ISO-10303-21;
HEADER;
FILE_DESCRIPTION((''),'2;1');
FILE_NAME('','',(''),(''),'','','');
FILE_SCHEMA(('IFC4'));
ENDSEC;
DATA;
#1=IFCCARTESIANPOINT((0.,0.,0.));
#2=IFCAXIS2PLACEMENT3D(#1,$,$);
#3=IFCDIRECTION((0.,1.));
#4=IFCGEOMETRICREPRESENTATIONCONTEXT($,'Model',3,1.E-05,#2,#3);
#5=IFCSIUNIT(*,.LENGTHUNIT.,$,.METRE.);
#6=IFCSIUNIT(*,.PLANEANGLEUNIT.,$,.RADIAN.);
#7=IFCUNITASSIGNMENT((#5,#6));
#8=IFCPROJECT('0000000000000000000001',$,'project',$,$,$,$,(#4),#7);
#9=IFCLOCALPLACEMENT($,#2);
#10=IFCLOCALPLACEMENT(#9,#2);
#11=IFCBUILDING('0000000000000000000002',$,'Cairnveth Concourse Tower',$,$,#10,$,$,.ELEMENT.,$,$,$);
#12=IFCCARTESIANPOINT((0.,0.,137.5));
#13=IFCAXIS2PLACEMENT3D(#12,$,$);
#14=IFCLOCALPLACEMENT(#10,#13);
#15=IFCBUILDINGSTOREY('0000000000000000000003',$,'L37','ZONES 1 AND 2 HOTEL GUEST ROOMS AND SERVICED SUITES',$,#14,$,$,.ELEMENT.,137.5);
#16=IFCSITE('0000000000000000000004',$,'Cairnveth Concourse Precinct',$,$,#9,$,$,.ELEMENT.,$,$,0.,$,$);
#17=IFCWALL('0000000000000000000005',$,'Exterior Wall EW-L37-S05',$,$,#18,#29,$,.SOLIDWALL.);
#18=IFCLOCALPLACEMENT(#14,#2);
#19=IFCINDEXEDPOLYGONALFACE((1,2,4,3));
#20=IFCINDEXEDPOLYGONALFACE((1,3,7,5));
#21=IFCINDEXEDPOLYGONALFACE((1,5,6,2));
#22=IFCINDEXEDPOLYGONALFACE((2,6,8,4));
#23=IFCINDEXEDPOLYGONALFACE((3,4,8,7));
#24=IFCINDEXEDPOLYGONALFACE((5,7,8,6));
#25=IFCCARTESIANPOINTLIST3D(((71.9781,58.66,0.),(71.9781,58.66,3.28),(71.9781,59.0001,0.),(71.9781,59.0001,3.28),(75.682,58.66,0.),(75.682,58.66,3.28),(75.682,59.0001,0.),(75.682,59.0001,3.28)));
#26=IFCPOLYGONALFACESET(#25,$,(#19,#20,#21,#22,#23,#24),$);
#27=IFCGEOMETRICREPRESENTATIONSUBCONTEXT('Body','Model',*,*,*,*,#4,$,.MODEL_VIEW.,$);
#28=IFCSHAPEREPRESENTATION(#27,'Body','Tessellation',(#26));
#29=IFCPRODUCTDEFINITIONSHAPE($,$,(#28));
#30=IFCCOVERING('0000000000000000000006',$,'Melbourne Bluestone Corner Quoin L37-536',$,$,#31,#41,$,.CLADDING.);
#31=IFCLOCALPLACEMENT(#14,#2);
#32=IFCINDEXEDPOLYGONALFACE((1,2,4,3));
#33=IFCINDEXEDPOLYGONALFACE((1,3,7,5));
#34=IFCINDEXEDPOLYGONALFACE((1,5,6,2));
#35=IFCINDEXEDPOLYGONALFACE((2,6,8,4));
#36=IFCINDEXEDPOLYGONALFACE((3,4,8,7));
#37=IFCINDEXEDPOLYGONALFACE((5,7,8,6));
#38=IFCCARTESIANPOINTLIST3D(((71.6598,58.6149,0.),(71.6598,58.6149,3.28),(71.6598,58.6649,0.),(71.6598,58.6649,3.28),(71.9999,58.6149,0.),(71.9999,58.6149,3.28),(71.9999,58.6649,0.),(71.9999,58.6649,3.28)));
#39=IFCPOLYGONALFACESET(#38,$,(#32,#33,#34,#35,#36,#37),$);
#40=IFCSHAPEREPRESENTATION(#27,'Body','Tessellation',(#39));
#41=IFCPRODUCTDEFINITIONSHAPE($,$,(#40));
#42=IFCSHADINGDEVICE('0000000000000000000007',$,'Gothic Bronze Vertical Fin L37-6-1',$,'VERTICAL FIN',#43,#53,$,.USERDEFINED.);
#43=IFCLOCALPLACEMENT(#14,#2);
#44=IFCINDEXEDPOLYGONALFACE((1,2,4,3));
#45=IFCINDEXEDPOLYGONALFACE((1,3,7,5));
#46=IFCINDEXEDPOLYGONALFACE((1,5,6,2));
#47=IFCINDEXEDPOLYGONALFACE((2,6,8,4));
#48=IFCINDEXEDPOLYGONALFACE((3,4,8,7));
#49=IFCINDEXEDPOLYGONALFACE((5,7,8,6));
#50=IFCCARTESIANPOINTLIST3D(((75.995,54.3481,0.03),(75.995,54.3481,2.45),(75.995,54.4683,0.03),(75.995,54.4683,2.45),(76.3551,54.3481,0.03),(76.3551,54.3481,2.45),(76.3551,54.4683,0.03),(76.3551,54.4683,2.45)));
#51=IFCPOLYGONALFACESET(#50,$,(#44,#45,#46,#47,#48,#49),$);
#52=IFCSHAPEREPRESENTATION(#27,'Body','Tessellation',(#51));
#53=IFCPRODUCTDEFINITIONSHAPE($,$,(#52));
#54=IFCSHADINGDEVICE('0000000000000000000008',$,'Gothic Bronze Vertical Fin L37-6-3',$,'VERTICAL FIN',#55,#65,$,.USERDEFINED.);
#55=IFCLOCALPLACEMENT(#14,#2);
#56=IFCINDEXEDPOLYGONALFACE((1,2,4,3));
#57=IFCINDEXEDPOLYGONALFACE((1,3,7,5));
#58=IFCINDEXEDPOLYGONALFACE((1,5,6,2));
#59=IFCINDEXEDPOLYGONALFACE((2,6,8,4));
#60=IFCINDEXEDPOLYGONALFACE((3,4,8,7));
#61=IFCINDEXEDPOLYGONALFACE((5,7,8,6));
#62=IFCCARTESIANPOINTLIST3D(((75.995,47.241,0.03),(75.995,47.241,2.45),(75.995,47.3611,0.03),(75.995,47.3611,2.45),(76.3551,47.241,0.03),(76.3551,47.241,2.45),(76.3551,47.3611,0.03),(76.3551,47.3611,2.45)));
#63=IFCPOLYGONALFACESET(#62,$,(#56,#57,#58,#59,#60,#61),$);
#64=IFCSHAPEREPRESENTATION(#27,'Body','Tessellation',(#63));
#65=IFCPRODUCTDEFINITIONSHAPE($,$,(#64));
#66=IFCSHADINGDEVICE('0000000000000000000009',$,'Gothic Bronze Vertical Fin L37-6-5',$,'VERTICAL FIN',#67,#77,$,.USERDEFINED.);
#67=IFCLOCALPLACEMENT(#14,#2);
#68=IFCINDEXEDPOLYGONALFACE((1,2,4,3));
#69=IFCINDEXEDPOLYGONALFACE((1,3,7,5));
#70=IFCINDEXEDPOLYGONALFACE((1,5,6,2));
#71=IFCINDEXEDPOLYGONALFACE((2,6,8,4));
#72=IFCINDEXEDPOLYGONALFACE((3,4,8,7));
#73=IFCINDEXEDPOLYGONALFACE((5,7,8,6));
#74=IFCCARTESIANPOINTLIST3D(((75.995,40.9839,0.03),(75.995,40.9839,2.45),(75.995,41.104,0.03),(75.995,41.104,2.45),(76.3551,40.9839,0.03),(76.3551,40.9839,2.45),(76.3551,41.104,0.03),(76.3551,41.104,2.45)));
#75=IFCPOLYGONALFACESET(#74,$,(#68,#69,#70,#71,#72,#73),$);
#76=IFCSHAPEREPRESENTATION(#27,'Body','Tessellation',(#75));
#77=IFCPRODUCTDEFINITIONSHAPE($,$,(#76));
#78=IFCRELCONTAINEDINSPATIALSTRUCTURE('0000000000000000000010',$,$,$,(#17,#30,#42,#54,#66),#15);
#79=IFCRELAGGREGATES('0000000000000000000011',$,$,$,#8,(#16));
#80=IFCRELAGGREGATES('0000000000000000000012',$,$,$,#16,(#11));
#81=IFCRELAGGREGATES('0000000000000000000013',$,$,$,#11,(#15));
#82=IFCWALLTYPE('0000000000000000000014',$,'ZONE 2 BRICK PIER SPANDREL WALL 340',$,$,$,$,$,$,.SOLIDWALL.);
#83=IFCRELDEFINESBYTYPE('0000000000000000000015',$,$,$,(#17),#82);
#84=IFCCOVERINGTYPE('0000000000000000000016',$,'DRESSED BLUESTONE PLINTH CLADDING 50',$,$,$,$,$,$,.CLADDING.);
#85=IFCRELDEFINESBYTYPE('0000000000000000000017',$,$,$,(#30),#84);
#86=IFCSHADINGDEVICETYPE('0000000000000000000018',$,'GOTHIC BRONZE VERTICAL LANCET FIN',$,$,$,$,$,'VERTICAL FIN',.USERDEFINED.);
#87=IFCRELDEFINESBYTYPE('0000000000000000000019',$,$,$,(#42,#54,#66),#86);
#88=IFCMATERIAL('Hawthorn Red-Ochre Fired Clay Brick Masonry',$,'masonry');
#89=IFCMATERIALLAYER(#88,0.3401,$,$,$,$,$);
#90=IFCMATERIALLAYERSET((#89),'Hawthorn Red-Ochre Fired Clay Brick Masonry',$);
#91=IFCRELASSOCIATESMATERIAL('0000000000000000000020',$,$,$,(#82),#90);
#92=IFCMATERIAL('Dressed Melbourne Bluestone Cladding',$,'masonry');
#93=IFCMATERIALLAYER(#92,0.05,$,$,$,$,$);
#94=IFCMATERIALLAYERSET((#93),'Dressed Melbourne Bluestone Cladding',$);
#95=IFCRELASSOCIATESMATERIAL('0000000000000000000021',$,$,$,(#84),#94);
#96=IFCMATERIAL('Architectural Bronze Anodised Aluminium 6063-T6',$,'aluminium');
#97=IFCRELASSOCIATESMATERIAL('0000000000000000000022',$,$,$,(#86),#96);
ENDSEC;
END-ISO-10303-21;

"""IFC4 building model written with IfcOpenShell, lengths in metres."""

from ifc_helpers import new_model, si_unit, direction, frame, frame_2d, origin, origin_2d, place, context, subcontext, project, spatial, rectangle, extrude, material, layer, layer_set, type_object, element, save


model = new_model("IFC4")

# Units and contexts
model_context = context("Model", 3, precision=1e-05, world=origin(), true_north=direction((0.0, 1.0)))
body_context = subcontext(model_context, "Body", "Model", "MODEL_VIEW")
ifc_project = project(units=[si_unit("LENGTHUNIT", "METRE"), si_unit("PLANEANGLEUNIT", "RADIAN")], contexts=[model_context])

# Site, building, storey
site_placement = place(None, origin())
site = spatial("IfcSite", under=ifc_project, at=site_placement, Name="Cairnveth Concourse Precinct", CompositionType="ELEMENT", RefElevation=0.0)
building_placement = place(site_placement, origin())
building = spatial("IfcBuilding", under=site, at=building_placement, Name="Cairnveth Concourse Tower", CompositionType="ELEMENT")
storey_placement = place(building_placement, frame((0.0, 0.0, 137.5)))
storey = spatial("IfcBuildingStorey", under=building, at=storey_placement, Name="L37", Description="ZONES 1 AND 2 HOTEL GUEST ROOMS AND SERVICED SUITES", CompositionType="ELEMENT", Elevation=137.5)

# Wall
ifc_material_1 = material(Name="Hawthorn Red-Ochre Fired Clay Brick Masonry", Category="masonry")
ifc_layer_1 = layer(ifc_material_1, 0.3401)
ifc_layer_set_1 = layer_set([ifc_layer_1], Name="Hawthorn Red-Ochre Fired Clay Brick Masonry")
wall_type_1 = type_object("IfcWallType", Name="ZONE 2 BRICK PIER SPANDREL WALL 340", PredefinedType="SOLIDWALL", material=ifc_layer_set_1)
wall_1_placement = place(storey_placement, frame((71.978, 58.8301, 0.0), z_axis=(0.0, 0.0, 1.0), x_axis=(1.0, 0.0, 0.0)))
element("IfcWall", 1, at=wall_1_placement, inside=storey, type_object=wall_type_1, Name="Exterior Wall EW-L37-S05", PredefinedType="SOLIDWALL", context=body_context, shape_type="SweptSolid", body=[
    extrude(rectangle(XDim=3.7039, YDim=0.3401, at=frame_2d((1.8521, 0.0))), origin(), (0.0, 0.0, 1.0), 3.28),
])

# Covering
ifc_material_2 = material(Name="Dressed Melbourne Bluestone Cladding", Category="masonry")
ifc_layer_2 = layer(ifc_material_2, 0.05)
ifc_layer_set_2 = layer_set([ifc_layer_2], Name="Dressed Melbourne Bluestone Cladding")
covering_type = type_object("IfcCoveringType", Name="DRESSED BLUESTONE PLINTH CLADDING 50", PredefinedType="CLADDING", material=ifc_layer_set_2)
covering_placement = place(storey_placement, frame((71.6599, 58.6399, 0.0), z_axis=(0.0, 0.0, 1.0), x_axis=(1.0, 0.0, 0.0)))
element("IfcCovering", 2, at=covering_placement, inside=storey, type_object=covering_type, Name="Melbourne Bluestone Corner Quoin L37-536", PredefinedType="CLADDING", context=body_context, shape_type="SweptSolid", body=[
    extrude(rectangle(XDim=0.3401, YDim=0.05, at=frame_2d((0.1699, 0.0))), origin(), (0.0, 0.0, 1.0), 3.28),
])

# Shading devices
ifc_material_3 = material(Name="Architectural Bronze Anodised Aluminium 6063-T6", Category="aluminium")
shading_device_type = type_object("IfcShadingDeviceType", Name="GOTHIC BRONZE VERTICAL LANCET FIN", ElementType="VERTICAL FIN", PredefinedType="USERDEFINED", material=ifc_material_3)
for number, where, z_axis, x_axis, name in (
    (3, (76.175, 54.4082, 0.03), (0.0, 0.0, 1.0), (0.0, 1.0, 0.0), "Gothic Bronze Vertical Fin L37-6-1"),
    (4, (76.175, 47.301, 0.03), (0.0, 0.0, 1.0), (0.0, 1.0, 0.0), "Gothic Bronze Vertical Fin L37-6-3"),
    (5, (76.175, 41.0439, 0.03), (0.0, 0.0, 1.0), (0.0, 1.0, 0.0), "Gothic Bronze Vertical Fin L37-6-5"),
):
    element("IfcShadingDevice", number, at=place(storey_placement, frame(where, z_axis=z_axis, x_axis=x_axis)), inside=storey, type_object=shading_device_type, Name=name, ObjectType="VERTICAL FIN", PredefinedType="USERDEFINED", context=body_context, shape_type="SweptSolid", body=[
        extrude(rectangle(XDim=0.1201, YDim=0.3601, at=origin_2d()), origin(), (0.0, 0.0, 1.0), 2.4199),
    ])

save(model, "model.ifc")
